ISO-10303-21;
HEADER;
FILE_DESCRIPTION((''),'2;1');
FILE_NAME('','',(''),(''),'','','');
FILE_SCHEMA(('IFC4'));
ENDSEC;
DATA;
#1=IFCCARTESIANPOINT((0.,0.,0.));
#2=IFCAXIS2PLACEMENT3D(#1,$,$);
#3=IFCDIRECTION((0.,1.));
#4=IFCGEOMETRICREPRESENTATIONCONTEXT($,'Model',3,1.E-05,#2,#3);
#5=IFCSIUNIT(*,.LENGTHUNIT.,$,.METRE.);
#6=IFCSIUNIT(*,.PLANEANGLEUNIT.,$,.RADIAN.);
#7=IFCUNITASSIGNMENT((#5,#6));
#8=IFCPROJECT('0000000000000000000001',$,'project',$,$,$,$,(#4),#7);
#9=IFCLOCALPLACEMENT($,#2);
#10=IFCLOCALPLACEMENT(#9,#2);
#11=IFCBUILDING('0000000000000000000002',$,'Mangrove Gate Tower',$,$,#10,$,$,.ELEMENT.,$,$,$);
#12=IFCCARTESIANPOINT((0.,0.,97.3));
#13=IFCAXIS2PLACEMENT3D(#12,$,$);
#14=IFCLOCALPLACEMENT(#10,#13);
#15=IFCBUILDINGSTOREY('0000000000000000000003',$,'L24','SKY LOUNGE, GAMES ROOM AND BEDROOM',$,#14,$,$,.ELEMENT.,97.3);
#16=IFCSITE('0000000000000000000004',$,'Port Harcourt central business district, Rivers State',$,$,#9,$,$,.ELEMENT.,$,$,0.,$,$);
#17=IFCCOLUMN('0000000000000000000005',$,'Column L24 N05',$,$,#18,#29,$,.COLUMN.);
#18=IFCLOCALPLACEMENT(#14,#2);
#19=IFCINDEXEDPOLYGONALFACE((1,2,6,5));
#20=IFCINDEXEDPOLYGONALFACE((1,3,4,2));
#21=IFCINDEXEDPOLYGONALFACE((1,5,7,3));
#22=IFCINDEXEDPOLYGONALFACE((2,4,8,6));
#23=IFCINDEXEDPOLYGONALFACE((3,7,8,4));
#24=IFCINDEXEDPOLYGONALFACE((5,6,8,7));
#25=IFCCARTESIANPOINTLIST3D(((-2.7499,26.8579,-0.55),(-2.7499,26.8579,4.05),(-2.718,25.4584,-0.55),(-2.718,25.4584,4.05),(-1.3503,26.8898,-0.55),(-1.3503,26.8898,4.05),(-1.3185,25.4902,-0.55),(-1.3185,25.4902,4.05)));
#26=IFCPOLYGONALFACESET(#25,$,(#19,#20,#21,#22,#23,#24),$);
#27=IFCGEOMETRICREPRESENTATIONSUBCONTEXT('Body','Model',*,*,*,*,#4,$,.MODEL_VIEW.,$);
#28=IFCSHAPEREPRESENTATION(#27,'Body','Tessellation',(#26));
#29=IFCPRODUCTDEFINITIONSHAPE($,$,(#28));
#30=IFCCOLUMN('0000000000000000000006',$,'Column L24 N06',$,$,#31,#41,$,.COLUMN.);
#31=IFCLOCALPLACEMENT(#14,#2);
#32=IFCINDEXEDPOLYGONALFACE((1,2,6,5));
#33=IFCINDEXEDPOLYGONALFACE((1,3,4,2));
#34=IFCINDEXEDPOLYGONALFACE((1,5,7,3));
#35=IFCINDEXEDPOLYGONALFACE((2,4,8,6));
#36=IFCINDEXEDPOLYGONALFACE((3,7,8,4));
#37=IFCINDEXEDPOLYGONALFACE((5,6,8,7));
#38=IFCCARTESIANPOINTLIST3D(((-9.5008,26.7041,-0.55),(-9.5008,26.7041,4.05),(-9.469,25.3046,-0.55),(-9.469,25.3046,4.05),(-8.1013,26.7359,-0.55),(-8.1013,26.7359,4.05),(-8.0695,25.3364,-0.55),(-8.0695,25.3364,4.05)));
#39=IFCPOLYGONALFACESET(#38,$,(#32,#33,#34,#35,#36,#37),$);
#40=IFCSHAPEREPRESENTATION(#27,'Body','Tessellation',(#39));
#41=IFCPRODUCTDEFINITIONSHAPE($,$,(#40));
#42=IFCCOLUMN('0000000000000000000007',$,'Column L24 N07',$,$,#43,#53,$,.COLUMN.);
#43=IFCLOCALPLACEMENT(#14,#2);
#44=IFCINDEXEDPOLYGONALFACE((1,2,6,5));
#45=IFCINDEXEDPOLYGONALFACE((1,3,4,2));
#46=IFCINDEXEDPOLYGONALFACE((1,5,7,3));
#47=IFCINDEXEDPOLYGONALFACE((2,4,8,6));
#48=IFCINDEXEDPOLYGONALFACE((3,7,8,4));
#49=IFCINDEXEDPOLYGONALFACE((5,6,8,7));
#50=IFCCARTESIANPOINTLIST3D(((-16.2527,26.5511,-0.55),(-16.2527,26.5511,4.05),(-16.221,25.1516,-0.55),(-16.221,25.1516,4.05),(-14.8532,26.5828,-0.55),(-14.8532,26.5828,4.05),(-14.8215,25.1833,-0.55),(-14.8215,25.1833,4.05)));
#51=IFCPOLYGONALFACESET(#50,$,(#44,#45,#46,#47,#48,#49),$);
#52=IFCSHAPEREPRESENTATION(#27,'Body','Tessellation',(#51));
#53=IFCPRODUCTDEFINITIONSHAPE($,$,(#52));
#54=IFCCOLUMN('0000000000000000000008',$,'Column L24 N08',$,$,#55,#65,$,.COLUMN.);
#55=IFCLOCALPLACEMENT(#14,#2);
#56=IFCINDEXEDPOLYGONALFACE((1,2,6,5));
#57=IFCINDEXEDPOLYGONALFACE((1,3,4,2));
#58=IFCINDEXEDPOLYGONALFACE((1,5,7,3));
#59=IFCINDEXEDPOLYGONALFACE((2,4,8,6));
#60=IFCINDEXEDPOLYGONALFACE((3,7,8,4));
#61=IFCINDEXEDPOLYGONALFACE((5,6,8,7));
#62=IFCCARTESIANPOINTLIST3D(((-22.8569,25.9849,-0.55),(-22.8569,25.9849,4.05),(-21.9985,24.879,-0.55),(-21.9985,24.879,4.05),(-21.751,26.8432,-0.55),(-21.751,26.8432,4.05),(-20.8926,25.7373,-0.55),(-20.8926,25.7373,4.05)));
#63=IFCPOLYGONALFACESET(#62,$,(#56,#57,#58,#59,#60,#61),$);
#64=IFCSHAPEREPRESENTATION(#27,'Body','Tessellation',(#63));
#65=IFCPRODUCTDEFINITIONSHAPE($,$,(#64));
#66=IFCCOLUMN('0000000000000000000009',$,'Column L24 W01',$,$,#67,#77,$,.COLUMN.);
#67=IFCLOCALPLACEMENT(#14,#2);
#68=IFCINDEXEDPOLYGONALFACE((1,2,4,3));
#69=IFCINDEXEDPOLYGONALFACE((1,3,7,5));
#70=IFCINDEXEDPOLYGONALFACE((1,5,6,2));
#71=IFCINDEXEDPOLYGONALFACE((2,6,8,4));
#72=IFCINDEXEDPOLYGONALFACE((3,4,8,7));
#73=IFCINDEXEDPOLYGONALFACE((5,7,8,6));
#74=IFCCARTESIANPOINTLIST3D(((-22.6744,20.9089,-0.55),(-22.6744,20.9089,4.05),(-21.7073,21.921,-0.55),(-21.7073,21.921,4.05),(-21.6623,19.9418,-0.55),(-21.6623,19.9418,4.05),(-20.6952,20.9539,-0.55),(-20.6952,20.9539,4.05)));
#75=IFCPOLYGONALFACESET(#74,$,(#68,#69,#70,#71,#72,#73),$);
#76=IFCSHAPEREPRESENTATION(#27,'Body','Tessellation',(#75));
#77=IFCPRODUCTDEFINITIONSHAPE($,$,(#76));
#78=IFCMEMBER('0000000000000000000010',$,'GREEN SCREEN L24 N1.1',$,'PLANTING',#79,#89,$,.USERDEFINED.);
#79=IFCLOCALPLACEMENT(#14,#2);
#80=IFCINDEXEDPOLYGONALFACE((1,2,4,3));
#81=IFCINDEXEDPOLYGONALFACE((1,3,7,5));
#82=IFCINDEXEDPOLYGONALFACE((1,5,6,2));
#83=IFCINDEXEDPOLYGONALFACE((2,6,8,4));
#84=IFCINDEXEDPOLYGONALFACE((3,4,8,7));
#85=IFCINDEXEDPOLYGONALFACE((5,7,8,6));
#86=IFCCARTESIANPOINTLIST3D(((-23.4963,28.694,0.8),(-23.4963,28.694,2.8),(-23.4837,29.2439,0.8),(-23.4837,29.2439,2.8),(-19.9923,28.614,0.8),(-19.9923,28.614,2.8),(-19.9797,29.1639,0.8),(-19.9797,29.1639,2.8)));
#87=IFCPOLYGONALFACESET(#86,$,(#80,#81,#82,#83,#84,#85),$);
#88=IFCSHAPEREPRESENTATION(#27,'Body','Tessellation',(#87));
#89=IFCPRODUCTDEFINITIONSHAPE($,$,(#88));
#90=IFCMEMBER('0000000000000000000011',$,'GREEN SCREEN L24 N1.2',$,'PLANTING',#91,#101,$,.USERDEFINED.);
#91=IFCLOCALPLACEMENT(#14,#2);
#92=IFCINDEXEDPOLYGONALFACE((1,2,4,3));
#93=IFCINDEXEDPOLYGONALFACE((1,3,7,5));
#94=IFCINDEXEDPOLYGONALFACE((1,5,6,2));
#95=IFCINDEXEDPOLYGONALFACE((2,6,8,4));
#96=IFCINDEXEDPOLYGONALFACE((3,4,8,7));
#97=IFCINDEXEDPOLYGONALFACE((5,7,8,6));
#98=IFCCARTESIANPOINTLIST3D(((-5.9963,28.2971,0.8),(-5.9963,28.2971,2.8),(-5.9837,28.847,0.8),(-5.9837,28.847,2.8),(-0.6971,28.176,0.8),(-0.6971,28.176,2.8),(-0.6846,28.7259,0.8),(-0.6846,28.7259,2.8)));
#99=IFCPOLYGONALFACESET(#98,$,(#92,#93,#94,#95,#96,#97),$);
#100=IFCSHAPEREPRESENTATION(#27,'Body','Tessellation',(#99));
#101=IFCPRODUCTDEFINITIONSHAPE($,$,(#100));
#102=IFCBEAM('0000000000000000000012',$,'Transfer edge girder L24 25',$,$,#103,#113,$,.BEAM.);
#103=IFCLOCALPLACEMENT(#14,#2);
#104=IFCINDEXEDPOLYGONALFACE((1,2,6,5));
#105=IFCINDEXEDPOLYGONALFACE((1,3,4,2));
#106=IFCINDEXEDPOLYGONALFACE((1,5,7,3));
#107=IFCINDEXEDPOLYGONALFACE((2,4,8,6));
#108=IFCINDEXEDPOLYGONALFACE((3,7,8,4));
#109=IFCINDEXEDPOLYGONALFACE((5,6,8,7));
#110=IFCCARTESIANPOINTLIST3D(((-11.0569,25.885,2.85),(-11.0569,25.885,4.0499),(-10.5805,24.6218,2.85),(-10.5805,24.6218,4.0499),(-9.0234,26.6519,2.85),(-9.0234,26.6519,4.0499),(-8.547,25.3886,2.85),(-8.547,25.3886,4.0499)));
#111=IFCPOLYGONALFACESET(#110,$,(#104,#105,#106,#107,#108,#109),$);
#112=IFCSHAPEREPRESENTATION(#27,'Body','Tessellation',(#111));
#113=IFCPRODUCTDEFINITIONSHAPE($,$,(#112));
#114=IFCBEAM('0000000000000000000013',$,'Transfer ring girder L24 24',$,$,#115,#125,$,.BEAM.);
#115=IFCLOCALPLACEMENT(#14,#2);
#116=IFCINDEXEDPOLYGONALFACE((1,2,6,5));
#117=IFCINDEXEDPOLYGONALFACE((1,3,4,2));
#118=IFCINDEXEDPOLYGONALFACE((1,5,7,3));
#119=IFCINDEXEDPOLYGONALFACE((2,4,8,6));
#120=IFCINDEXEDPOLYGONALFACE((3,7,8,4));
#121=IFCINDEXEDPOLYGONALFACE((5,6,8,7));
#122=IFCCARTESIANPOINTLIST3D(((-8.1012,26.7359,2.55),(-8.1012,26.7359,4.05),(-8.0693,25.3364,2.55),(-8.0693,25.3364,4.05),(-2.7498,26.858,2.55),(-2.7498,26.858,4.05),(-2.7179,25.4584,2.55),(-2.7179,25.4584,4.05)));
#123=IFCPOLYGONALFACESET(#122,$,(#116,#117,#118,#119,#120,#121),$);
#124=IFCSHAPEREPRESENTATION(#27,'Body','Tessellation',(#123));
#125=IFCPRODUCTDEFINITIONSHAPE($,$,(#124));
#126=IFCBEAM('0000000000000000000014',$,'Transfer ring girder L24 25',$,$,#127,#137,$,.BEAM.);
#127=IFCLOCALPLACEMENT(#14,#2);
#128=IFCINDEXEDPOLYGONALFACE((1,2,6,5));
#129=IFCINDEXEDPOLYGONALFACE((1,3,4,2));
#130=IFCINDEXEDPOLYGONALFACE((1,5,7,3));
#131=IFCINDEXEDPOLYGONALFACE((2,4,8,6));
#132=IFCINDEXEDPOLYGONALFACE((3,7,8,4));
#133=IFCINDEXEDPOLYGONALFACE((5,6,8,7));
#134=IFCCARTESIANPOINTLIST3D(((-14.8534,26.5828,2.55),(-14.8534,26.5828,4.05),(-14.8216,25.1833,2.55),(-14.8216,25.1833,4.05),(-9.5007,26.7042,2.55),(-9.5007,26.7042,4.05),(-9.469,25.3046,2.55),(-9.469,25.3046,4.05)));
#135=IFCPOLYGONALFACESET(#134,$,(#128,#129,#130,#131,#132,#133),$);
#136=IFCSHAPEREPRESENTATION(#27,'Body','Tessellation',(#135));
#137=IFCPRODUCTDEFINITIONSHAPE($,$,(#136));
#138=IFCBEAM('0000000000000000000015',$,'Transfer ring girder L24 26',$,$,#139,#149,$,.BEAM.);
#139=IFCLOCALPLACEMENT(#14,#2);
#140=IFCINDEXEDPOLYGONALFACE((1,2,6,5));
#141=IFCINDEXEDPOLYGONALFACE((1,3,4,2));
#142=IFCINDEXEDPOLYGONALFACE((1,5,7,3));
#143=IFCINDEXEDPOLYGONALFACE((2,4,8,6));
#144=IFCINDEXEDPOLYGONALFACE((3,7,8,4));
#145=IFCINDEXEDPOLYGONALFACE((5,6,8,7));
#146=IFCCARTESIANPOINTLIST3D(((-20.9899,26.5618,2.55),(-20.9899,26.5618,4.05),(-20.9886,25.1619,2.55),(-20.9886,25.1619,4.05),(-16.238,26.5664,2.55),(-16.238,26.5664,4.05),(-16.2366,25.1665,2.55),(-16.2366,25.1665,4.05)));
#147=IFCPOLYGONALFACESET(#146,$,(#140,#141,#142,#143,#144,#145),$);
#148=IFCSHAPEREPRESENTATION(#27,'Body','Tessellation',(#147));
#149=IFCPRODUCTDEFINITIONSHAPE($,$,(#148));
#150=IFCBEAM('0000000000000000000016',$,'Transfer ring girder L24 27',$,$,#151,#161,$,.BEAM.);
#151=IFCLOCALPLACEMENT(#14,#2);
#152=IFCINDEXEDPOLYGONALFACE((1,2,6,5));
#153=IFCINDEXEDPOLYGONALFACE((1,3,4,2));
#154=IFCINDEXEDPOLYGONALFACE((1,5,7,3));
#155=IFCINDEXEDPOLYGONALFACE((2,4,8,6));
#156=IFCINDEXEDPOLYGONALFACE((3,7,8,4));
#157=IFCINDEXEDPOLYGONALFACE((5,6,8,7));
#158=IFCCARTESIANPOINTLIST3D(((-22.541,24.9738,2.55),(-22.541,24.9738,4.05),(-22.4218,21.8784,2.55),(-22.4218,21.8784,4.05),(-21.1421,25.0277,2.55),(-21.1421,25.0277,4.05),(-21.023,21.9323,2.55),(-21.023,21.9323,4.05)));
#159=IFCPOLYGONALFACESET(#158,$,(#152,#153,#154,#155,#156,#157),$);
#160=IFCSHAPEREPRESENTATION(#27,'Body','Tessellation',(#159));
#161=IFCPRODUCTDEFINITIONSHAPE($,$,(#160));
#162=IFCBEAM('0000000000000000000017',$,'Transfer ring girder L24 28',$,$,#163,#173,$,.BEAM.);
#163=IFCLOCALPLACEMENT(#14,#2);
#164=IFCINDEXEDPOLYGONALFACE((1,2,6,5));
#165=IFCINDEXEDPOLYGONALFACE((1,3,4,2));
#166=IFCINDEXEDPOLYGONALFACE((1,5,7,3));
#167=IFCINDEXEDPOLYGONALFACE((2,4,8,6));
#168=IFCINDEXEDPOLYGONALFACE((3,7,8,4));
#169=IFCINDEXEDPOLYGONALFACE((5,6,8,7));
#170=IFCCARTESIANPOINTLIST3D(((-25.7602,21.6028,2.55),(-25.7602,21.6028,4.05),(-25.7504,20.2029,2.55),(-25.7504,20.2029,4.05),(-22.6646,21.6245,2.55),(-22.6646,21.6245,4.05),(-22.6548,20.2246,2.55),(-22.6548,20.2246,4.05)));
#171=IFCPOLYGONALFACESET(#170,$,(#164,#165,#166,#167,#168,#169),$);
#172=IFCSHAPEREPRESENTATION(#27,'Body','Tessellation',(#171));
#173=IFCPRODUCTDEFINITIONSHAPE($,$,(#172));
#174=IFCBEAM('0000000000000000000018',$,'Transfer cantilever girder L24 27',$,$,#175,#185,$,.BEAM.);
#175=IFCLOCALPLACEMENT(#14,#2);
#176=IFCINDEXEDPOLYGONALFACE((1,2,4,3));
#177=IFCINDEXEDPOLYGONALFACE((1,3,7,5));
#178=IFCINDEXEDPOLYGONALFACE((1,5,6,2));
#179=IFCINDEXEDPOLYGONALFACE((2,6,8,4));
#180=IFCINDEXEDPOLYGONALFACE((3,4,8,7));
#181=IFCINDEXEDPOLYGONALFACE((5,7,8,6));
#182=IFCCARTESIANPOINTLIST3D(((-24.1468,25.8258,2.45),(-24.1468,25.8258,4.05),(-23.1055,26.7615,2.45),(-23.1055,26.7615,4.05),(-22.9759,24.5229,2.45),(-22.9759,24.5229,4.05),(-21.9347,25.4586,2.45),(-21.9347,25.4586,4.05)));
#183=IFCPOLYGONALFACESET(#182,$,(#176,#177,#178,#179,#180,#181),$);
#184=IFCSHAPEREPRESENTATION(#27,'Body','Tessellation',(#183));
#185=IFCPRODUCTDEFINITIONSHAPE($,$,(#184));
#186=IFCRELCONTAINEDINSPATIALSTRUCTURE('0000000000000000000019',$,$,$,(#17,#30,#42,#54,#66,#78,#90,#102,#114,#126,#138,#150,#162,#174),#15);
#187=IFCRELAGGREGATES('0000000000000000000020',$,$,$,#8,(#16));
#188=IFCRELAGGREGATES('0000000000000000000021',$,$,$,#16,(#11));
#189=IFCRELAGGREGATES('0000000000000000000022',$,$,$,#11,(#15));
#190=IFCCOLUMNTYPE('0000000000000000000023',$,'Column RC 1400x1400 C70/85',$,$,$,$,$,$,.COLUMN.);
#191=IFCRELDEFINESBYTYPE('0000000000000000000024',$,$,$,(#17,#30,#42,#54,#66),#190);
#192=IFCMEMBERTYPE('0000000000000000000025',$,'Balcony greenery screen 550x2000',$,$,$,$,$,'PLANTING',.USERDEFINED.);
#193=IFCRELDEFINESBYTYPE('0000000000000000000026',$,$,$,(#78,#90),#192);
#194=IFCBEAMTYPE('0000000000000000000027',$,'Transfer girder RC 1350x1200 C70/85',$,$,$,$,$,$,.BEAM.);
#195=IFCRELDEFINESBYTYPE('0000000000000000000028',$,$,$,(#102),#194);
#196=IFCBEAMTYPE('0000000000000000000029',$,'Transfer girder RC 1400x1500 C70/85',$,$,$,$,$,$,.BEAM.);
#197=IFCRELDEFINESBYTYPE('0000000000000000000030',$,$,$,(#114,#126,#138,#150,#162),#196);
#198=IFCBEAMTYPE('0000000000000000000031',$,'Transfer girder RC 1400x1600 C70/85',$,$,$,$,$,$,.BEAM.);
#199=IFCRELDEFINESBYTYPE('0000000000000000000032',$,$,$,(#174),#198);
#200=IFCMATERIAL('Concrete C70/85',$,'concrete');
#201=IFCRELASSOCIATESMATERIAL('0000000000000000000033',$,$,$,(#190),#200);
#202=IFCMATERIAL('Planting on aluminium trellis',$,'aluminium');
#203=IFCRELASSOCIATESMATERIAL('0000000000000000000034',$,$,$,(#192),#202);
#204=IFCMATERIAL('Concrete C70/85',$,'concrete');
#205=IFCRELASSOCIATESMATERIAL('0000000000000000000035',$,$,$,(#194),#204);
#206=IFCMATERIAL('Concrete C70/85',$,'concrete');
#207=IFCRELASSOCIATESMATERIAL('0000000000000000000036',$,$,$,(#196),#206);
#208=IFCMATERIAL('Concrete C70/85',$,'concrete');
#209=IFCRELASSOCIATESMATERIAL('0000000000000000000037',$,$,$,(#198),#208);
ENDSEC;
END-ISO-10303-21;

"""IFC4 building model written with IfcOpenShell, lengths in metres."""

from ifc_helpers import new_model, si_unit, direction, frame, origin, origin_2d, place, context, subcontext, project, spatial, rectangle, extrude, material, material_profile, profile_set, type_object, element, save


model = new_model("IFC4")

# Units and contexts
model_context = context("Model", 3, precision=1e-05, world=origin(), true_north=direction((0.0, 1.0)))
body_context = subcontext(model_context, "Body", "Model", "MODEL_VIEW")
ifc_project = project(units=[si_unit("LENGTHUNIT", "METRE"), si_unit("PLANEANGLEUNIT", "RADIAN")], contexts=[model_context])

# Site, building, storey
site_placement = place(None, origin())
site = spatial("IfcSite", under=ifc_project, at=site_placement, Name="Port Harcourt central business district, Rivers State", CompositionType="ELEMENT", RefElevation=0.0)
building_placement = place(site_placement, origin())
building = spatial("IfcBuilding", under=site, at=building_placement, Name="Mangrove Gate Tower", CompositionType="ELEMENT")
storey_placement = place(building_placement, frame((0.0, 0.0, 97.3)))
storey = spatial("IfcBuildingStorey", under=building, at=storey_placement, Name="L24", Description="SKY LOUNGE, GAMES ROOM AND BEDROOM", CompositionType="ELEMENT", Elevation=97.3)

# Columns
ifc_material_1 = material(Name="Concrete C70/85", Category="concrete")
ifc_material_profile_1 = material_profile(ifc_material_1, rectangle(XDim=1.3999, YDim=1.3999, at=origin_2d()))
ifc_profile_set_1 = profile_set([ifc_material_profile_1], Name="Concrete C70/85")
column_type = type_object("IfcColumnType", Name="Column RC 1400x1400 C70/85", PredefinedType="COLUMN", material=ifc_profile_set_1)
for number, where, z_axis, x_axis, name in (
    (1, (-2.0342, 26.1741, -0.55), (0.0, 0.0, 1.0), (-0.999742, -0.02273, 0.0), "Column L24 N05"),
    (2, (-8.7852, 26.0203, -0.55), (0.0, 0.0, 1.0), (-0.999742, -0.02273, 0.0), "Column L24 N06"),
    (3, (-15.5371, 25.8672, -0.55), (0.0, 0.0, 1.0), (-0.999743, -0.022656, 0.0), "Column L24 N07"),
    (4, (-21.8748, 25.8611, -0.55), (0.0, 0.0, 1.0), (-0.78998, -0.613133, 0.0), "Column L24 N08"),
    (5, (-21.6848, 20.9314, -0.55), (0.0, 0.0, 1.0), (-0.690873, -0.722977, 0.0), "Column L24 W01"),
):
    element("IfcColumn", number, at=place(storey_placement, frame(where, z_axis=z_axis, x_axis=x_axis)), inside=storey, type_object=column_type, Name=name, PredefinedType="COLUMN", context=body_context, shape_type="SweptSolid", body=[
        extrude(rectangle(XDim=1.3999, YDim=1.3999, at=origin_2d()), origin(), (0.0, 0.0, 1.0), 4.6001),
    ])

# Members
ifc_material_2 = material(Name="Planting on aluminium trellis", Category="aluminium")
ifc_material_profile_2 = material_profile(ifc_material_2, rectangle(XDim=0.55, YDim=2.0, at=origin_2d()))
ifc_profile_set_2 = profile_set([ifc_material_profile_2], Name="Planting on aluminium trellis")
member_type = type_object("IfcMemberType", Name="Balcony greenery screen 550x2000", ElementType="PLANTING", PredefinedType="USERDEFINED", material=ifc_profile_set_2)
member_1_placement = place(storey_placement, frame((-23.49, 28.969, 1.8), z_axis=(0.999739, -0.022848, 0.0), x_axis=(0.022848, 0.999739, 0.0)))
element("IfcMember", 6, at=member_1_placement, inside=storey, type_object=member_type, Name="GREEN SCREEN L24 N1.1", ObjectType="PLANTING", PredefinedType="USERDEFINED", context=body_context, shape_type="SweptSolid", body=[
    extrude(rectangle(XDim=0.55, YDim=2.0, at=origin_2d()), origin(), (0.0, 0.0, 1.0), 3.5049),
])
member_2_placement = place(storey_placement, frame((-5.99, 28.572, 1.8), z_axis=(0.999739, -0.022846, 0.0), x_axis=(0.022846, 0.999739, 0.0)))
element("IfcMember", 7, at=member_2_placement, inside=storey, type_object=member_type, Name="GREEN SCREEN L24 N1.2", ObjectType="PLANTING", PredefinedType="USERDEFINED", context=body_context, shape_type="SweptSolid", body=[
    extrude(rectangle(XDim=0.55, YDim=2.0, at=origin_2d()), origin(), (0.0, 0.0, 1.0), 5.3005),
])

# Beams
ifc_material_3 = material(Name="Concrete C70/85", Category="concrete")
ifc_material_profile_3 = material_profile(ifc_material_3, rectangle(XDim=1.3501, YDim=1.2, at=origin_2d()))
ifc_profile_set_3 = profile_set([ifc_material_profile_3], Name="Concrete C70/85")
beam_type_1 = type_object("IfcBeamType", Name="Transfer girder RC 1350x1200 C70/85", PredefinedType="BEAM", material=ifc_profile_set_3)
beam_1_placement = place(storey_placement, frame((-8.7852, 26.0203, 3.45), z_axis=(-0.935677, -0.352859, 0.0), x_axis=(0.352859, -0.935677, 0.0)))
element("IfcBeam", 8, at=beam_1_placement, inside=storey, type_object=beam_type_1, Name="Transfer edge girder L24 25", PredefinedType="BEAM", context=body_context, shape_type="SweptSolid", body=[
    extrude(rectangle(XDim=1.3501, YDim=1.2, at=origin_2d()), origin(), (0.0, 0.0, 1.0), 2.1733),
])
ifc_material_4 = material(Name="Concrete C70/85", Category="concrete")
ifc_material_profile_4 = material_profile(ifc_material_4, rectangle(XDim=1.3999, YDim=1.5, at=origin_2d()))
ifc_profile_set_4 = profile_set([ifc_material_profile_4], Name="Concrete C70/85")
beam_type_2 = type_object("IfcBeamType", Name="Transfer girder RC 1400x1500 C70/85", PredefinedType="BEAM", material=ifc_profile_set_4)
beam_2_placement = place(storey_placement, frame((-2.7339, 26.1582, 3.3), z_axis=(-0.99974, -0.022805, 0.0), x_axis=(0.022805, -0.99974, 0.0)))
element("IfcBeam", 9, at=beam_2_placement, inside=storey, type_object=beam_type_2, Name="Transfer ring girder L24 24", PredefinedType="BEAM", context=body_context, shape_type="SweptSolid", body=[
    extrude(rectangle(XDim=1.3999, YDim=1.5, at=origin_2d()), origin(), (0.0, 0.0, 1.0), 5.3528),
])
beam_3_placement = place(storey_placement, frame((-9.4849, 26.0044, 3.3), z_axis=(-0.999743, -0.022663, 0.0), x_axis=(0.022663, -0.999743, 0.0)))
element("IfcBeam", 10, at=beam_3_placement, inside=storey, type_object=beam_type_2, Name="Transfer ring girder L24 25", PredefinedType="BEAM", context=body_context, shape_type="SweptSolid", body=[
    extrude(rectangle(XDim=1.3999, YDim=1.5, at=origin_2d()), origin(), (0.0, 0.0, 1.0), 5.354),
])
beam_4_placement = place(storey_placement, frame((-16.2373, 25.8665, 3.3), z_axis=(-1.0, -0.000976, 0.0), x_axis=(0.000976, -1.0, 0.0)))
element("IfcBeam", 11, at=beam_4_placement, inside=storey, type_object=beam_type_2, Name="Transfer ring girder L24 26", PredefinedType="BEAM", context=body_context, shape_type="SweptSolid", body=[
    extrude(rectangle(XDim=1.3999, YDim=1.5, at=origin_2d()), origin(), (0.0, 0.0, 1.0), 4.752),
])
beam_5_placement = place(storey_placement, frame((-21.8416, 25.0007, 3.3), z_axis=(0.03846, -0.99926, 0.0), x_axis=(0.99926, 0.03846, 0.0)))
element("IfcBeam", 12, at=beam_5_placement, inside=storey, type_object=beam_type_2, Name="Transfer ring girder L24 27", PredefinedType="BEAM", context=body_context, shape_type="SweptSolid", body=[
    extrude(rectangle(XDim=1.3999, YDim=1.5, at=origin_2d()), origin(), (0.0, 0.0, 1.0), 3.0977),
])
beam_6_placement = place(storey_placement, frame((-22.6597, 20.9246, 3.3), z_axis=(-0.999975, -0.007019, 0.0), x_axis=(0.007019, -0.999975, 0.0)))
element("IfcBeam", 13, at=beam_6_placement, inside=storey, type_object=beam_type_2, Name="Transfer ring girder L24 28", PredefinedType="BEAM", context=body_context, shape_type="SweptSolid", body=[
    extrude(rectangle(XDim=1.3999, YDim=1.5, at=origin_2d()), origin(), (0.0, 0.0, 1.0), 3.0957),
])
ifc_material_5 = material(Name="Concrete C70/85", Category="concrete")
ifc_material_profile_5 = material_profile(ifc_material_5, rectangle(XDim=1.3999, YDim=1.6001, at=origin_2d()))
ifc_profile_set_5 = profile_set([ifc_material_profile_5], Name="Concrete C70/85")
beam_type_3 = type_object("IfcBeamType", Name="Transfer girder RC 1400x1600 C70/85", PredefinedType="BEAM", material=ifc_profile_set_5)
beam_7_placement = place(storey_placement, frame((-22.4553, 24.9907, 3.25), z_axis=(-0.668402, 0.7438, 0.0), x_axis=(-0.7438, -0.668402, 0.0)))
element("IfcBeam", 14, at=beam_7_placement, inside=storey, type_object=beam_type_3, Name="Transfer cantilever girder L24 27", PredefinedType="BEAM", context=body_context, shape_type="SweptSolid", body=[
    extrude(rectangle(XDim=1.3999, YDim=1.6001, at=origin_2d()), origin(), (0.0, 0.0, 1.0), 1.7517),
])

save(model, "model.ifc")
